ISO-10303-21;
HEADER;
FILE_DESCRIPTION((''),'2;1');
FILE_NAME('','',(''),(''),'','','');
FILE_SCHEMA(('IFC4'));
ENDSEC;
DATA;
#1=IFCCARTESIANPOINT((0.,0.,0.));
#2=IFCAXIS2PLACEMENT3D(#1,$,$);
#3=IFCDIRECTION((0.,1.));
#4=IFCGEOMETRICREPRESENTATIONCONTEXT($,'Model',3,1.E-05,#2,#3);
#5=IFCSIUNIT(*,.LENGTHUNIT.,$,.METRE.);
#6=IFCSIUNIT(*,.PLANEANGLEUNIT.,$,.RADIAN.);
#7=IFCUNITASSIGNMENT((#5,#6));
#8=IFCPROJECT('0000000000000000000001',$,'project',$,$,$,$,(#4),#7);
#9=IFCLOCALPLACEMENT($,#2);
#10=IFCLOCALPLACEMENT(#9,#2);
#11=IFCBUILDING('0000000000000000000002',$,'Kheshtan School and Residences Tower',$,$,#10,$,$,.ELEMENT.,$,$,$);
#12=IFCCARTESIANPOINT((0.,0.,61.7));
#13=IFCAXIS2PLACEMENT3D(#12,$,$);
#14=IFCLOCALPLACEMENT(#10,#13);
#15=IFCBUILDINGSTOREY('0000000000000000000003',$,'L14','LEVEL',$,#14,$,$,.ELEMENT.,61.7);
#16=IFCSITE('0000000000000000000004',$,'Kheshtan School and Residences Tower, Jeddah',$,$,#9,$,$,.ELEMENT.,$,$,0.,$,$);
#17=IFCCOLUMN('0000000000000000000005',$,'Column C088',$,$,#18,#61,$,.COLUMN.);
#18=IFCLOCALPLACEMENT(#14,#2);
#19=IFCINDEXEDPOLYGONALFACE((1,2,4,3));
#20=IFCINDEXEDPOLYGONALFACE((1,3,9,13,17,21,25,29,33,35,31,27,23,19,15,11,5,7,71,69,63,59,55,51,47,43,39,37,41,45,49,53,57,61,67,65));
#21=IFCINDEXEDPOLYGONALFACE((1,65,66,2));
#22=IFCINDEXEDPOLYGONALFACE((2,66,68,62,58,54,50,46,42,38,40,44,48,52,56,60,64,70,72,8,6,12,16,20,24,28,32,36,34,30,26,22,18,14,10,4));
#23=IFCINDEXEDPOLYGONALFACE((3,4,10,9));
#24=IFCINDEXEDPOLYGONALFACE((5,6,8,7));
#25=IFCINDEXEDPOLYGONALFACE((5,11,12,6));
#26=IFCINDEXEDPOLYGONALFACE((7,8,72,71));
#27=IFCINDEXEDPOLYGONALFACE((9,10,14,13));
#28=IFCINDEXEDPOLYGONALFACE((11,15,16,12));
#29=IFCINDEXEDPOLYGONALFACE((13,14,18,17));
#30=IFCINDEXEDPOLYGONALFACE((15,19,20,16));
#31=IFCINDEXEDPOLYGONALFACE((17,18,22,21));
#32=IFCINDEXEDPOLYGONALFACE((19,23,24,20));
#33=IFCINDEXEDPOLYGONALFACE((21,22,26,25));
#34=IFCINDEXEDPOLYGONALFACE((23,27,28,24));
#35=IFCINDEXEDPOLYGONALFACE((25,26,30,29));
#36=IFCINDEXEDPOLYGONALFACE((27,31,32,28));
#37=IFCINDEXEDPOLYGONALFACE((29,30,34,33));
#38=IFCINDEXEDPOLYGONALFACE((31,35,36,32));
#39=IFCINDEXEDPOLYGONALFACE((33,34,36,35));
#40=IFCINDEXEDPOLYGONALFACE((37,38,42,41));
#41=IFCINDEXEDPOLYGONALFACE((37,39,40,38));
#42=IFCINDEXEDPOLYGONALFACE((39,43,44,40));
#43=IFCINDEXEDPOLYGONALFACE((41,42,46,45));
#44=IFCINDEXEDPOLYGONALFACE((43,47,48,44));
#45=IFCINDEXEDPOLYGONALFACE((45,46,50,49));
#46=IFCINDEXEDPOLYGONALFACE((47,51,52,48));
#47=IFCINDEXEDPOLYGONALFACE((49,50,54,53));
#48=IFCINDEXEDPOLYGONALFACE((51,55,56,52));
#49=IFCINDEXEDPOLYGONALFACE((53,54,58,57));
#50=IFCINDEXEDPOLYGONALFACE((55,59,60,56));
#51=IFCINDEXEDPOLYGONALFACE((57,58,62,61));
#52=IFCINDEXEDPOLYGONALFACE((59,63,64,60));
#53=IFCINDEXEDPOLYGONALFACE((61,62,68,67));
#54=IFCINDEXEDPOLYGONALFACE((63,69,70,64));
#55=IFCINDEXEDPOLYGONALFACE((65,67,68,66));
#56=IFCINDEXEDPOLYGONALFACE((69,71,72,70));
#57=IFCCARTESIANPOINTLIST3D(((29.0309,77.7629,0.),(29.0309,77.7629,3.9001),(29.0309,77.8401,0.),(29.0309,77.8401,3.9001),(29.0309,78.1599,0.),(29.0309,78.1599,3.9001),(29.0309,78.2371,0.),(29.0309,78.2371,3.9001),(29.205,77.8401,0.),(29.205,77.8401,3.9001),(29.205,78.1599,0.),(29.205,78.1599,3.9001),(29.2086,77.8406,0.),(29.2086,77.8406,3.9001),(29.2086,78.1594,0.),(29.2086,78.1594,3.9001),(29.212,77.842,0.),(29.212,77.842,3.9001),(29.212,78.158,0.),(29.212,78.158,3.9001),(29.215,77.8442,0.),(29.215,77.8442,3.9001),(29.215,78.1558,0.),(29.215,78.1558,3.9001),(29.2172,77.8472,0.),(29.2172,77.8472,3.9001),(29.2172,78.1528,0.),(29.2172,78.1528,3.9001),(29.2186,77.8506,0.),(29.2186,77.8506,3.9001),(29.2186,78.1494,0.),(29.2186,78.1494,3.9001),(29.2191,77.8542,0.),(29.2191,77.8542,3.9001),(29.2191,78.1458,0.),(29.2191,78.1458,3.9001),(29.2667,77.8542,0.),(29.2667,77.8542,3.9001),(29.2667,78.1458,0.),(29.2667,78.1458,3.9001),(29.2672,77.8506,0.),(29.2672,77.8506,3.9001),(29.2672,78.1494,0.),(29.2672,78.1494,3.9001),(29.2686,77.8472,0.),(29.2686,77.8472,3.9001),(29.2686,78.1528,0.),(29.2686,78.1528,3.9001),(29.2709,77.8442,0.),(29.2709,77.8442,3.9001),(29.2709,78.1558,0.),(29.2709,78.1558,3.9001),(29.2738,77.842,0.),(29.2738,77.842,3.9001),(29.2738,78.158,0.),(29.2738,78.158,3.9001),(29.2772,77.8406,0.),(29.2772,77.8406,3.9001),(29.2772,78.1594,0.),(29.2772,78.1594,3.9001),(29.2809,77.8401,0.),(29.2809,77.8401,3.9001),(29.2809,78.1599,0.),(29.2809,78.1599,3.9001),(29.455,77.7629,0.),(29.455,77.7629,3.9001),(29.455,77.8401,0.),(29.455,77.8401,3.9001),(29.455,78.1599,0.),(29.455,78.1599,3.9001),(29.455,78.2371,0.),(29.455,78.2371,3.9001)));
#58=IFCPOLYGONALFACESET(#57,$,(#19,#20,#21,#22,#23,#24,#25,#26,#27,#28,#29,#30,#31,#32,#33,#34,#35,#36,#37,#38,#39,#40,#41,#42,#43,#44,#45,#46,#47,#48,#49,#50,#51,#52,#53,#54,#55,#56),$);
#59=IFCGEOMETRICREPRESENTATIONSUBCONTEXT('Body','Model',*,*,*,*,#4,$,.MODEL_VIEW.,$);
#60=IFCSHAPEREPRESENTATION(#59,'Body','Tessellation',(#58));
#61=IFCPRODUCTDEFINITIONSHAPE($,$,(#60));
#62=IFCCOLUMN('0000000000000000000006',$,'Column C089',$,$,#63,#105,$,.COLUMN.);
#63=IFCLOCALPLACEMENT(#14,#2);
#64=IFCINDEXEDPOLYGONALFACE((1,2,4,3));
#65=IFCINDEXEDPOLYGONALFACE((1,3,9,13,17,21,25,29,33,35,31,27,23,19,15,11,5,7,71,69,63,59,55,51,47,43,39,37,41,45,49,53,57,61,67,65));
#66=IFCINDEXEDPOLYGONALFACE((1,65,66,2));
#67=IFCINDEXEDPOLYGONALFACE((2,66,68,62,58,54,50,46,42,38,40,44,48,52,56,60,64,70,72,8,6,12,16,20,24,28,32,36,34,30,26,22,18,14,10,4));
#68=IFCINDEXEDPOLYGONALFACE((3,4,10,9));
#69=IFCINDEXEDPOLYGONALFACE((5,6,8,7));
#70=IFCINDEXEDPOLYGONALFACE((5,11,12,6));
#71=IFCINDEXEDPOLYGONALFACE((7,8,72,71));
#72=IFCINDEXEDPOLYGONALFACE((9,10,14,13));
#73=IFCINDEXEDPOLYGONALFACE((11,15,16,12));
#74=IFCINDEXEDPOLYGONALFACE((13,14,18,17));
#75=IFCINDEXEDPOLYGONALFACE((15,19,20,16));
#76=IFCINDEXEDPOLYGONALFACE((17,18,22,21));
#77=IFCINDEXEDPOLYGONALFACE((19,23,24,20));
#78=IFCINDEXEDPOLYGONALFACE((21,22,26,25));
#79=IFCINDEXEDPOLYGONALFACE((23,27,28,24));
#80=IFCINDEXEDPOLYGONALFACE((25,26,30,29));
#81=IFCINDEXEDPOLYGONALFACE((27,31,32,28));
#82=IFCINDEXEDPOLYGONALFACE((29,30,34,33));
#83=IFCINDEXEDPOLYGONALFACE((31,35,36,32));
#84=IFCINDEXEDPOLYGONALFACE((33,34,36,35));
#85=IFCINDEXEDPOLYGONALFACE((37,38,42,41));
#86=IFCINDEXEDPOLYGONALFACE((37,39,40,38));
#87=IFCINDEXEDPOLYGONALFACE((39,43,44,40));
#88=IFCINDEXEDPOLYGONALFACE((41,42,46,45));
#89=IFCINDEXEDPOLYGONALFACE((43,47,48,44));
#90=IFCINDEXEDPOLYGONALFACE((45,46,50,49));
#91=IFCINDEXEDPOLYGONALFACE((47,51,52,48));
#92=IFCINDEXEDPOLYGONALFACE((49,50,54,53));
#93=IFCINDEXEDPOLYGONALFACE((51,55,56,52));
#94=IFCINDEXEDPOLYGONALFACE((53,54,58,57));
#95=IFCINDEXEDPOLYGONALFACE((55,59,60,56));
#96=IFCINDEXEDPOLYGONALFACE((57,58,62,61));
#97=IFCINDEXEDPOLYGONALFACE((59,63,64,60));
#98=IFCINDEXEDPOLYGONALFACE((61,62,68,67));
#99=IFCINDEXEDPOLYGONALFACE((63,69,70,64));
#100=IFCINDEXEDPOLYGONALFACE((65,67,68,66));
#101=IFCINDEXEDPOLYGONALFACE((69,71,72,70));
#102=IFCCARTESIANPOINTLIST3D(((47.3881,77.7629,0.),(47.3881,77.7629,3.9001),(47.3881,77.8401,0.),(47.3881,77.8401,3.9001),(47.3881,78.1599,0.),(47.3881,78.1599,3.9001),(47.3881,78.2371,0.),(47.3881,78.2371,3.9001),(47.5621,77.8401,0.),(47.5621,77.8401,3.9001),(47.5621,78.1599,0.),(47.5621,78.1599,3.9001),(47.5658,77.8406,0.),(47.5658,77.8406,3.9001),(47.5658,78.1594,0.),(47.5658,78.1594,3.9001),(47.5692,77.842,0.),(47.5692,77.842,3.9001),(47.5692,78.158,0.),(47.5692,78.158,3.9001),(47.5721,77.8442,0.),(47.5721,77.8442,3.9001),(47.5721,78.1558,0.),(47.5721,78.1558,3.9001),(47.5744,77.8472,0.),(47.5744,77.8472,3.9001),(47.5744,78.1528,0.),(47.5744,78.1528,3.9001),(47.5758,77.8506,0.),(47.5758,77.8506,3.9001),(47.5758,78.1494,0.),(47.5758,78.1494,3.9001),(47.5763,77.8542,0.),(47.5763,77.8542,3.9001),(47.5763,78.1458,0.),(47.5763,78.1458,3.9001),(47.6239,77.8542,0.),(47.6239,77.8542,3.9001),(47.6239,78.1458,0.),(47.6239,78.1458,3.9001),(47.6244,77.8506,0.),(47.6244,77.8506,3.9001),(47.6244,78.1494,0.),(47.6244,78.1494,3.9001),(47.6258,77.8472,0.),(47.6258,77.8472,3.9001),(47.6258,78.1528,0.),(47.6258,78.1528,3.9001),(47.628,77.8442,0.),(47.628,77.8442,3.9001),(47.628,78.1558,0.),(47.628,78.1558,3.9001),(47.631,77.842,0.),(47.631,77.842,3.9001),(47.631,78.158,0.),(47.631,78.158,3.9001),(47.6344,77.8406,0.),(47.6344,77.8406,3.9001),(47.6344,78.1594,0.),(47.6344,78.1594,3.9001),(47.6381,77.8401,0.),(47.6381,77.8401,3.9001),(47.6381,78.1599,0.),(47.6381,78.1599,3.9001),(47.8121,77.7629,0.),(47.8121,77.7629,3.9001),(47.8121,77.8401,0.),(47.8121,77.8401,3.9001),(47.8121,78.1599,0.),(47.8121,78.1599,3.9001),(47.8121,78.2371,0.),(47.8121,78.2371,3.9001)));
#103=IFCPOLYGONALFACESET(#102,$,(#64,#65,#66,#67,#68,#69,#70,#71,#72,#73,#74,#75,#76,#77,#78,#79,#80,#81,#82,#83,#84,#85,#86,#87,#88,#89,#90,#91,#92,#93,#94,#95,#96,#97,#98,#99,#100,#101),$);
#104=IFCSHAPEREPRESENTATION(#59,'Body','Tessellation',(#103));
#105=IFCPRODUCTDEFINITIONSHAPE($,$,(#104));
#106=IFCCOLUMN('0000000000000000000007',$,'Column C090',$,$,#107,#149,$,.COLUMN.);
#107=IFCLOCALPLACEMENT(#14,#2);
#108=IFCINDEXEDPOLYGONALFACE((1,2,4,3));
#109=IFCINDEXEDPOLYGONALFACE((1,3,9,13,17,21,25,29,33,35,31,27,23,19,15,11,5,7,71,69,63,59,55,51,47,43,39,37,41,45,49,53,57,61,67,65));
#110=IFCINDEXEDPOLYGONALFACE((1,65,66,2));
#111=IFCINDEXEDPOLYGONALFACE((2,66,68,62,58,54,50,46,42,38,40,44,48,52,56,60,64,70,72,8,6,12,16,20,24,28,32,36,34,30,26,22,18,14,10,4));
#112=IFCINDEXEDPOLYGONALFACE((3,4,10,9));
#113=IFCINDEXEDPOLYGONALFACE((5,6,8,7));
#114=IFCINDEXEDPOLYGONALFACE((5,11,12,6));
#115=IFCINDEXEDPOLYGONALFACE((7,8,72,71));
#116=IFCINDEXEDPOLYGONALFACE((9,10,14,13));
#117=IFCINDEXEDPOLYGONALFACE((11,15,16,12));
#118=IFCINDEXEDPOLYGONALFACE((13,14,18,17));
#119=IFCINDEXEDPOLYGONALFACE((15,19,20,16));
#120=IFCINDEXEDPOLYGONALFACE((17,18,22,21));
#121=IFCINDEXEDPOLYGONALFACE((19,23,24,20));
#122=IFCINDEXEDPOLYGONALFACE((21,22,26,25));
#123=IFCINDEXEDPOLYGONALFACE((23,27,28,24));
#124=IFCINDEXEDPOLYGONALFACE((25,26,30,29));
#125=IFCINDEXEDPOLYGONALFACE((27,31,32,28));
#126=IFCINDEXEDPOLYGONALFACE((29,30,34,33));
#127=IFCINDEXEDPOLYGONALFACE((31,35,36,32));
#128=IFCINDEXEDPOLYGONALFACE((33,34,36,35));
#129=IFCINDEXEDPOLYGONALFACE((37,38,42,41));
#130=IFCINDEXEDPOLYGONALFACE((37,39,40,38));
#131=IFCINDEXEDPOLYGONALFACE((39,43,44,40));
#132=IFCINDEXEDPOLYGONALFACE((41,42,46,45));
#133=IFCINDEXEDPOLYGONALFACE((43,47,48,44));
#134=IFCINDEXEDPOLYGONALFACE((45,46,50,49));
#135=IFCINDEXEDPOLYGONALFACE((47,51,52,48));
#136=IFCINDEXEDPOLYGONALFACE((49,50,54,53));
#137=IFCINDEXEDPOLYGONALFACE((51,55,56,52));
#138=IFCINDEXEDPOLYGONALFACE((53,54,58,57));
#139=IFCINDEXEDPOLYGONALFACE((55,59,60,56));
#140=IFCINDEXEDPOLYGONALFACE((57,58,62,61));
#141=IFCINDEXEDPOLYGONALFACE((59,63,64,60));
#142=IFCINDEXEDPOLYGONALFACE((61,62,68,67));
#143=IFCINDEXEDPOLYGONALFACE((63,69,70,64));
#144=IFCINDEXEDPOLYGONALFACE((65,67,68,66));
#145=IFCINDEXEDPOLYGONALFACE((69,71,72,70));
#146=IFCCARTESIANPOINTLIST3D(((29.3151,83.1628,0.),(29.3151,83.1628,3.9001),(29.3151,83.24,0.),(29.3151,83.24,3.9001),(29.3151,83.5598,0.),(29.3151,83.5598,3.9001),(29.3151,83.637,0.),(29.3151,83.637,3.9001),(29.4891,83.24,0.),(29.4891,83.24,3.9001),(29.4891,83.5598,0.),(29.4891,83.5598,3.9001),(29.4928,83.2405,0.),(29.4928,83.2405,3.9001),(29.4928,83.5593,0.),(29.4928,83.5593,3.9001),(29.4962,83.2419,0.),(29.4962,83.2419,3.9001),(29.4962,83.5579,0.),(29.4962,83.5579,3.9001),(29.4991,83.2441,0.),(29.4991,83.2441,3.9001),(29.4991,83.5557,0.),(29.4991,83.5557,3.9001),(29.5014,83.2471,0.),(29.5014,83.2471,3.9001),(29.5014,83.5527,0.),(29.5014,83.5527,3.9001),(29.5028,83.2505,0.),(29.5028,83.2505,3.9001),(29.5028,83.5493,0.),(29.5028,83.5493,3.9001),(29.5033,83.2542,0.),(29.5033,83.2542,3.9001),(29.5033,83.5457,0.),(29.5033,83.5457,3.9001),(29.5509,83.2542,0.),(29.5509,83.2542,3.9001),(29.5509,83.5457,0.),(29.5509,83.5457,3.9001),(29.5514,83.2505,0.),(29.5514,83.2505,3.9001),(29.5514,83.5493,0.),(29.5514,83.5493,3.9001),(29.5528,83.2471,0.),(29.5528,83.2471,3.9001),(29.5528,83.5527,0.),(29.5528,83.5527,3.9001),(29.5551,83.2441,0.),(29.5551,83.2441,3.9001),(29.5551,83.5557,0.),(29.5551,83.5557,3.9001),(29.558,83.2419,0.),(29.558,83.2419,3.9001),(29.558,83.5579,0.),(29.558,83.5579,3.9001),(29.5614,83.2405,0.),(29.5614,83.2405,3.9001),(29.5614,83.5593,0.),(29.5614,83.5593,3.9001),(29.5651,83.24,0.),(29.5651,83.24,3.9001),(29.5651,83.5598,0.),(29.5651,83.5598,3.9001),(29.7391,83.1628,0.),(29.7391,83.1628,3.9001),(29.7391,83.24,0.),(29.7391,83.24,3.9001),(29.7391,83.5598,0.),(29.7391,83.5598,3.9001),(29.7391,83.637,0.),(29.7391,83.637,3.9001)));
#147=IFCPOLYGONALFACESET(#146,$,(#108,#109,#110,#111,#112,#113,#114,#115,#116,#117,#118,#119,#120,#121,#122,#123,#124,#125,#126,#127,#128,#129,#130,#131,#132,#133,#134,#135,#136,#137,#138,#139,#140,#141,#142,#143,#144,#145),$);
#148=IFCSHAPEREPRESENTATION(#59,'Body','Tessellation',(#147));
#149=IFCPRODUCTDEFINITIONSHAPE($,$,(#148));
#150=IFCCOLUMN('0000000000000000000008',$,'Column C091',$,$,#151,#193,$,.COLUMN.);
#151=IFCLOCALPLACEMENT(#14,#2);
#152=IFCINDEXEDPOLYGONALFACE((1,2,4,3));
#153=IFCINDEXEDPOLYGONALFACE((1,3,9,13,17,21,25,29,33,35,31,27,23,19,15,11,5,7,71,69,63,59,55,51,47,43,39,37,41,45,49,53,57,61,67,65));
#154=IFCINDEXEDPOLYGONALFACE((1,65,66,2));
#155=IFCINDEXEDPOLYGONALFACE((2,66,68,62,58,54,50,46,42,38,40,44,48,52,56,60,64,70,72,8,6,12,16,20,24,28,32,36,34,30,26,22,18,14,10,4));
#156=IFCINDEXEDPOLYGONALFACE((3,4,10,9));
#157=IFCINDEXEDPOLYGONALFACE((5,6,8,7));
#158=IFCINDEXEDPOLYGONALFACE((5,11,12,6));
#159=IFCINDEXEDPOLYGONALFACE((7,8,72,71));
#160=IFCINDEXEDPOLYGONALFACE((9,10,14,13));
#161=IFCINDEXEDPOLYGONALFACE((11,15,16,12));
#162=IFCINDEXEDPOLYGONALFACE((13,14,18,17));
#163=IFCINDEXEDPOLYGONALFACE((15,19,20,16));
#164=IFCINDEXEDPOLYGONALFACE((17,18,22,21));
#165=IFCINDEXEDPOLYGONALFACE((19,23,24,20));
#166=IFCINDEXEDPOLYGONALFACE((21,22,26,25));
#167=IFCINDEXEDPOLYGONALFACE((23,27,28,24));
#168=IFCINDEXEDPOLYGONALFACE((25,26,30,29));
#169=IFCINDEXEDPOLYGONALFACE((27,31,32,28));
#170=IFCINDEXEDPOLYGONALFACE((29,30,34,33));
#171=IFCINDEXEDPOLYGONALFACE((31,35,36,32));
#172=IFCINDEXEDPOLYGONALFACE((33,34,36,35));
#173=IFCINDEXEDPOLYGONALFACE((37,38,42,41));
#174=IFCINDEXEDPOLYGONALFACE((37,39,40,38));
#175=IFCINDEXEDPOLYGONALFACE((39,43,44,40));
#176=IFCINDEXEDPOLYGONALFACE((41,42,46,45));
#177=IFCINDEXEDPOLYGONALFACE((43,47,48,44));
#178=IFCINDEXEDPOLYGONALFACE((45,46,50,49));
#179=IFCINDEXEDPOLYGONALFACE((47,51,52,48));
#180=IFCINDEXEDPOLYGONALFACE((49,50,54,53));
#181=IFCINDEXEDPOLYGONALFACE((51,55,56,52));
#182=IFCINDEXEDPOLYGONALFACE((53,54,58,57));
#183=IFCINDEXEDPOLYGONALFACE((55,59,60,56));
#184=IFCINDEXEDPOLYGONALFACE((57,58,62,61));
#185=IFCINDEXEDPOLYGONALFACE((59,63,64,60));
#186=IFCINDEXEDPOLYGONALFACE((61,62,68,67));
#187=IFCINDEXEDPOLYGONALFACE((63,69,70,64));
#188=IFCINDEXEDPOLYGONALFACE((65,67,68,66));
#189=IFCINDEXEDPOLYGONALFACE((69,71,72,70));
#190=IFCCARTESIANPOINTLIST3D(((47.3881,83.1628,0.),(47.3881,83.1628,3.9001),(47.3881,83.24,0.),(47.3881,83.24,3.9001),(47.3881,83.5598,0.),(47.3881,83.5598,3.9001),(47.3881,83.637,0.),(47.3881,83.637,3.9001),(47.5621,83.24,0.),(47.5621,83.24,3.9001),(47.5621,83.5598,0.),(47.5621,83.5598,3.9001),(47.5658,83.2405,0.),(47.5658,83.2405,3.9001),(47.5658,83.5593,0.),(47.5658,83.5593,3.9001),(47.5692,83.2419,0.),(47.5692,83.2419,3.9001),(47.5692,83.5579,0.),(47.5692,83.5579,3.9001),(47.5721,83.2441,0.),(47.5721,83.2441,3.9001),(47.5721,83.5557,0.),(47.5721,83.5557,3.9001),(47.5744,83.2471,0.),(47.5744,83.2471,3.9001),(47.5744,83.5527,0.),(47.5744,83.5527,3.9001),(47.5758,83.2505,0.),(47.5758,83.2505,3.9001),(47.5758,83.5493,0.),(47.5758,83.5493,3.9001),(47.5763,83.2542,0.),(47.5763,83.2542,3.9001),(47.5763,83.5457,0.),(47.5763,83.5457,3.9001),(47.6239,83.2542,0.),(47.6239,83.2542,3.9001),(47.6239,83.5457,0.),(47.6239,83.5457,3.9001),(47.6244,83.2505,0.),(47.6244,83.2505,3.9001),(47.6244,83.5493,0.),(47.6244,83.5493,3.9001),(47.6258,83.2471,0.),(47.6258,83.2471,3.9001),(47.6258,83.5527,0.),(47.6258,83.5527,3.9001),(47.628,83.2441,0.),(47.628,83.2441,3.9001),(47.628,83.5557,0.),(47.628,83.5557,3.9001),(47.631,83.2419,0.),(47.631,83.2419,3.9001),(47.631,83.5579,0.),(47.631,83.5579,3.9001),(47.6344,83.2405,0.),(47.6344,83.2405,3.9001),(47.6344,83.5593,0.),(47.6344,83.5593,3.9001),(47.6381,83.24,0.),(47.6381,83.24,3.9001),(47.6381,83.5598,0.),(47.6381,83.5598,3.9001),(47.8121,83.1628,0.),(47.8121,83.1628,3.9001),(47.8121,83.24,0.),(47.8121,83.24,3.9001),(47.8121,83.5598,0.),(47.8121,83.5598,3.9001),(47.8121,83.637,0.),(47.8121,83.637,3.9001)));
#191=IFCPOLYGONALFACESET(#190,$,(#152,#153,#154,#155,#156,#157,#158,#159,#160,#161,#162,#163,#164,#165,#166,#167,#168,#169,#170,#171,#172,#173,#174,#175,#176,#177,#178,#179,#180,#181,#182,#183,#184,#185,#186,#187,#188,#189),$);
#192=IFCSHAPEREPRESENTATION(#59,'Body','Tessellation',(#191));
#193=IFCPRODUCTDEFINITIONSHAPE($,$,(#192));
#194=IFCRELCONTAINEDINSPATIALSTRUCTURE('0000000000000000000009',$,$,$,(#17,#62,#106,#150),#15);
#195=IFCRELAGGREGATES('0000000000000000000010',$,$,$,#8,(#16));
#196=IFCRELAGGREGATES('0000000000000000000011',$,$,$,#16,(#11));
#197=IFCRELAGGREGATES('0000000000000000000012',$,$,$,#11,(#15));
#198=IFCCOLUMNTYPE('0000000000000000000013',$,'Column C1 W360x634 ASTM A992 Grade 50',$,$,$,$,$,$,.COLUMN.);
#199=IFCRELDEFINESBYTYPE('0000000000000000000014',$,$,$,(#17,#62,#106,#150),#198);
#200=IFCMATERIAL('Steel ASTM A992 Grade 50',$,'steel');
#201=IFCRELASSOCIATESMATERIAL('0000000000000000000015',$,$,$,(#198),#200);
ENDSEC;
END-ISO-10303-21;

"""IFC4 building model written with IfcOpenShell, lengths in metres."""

from ifc_helpers import new_model, si_unit, direction, frame, origin, origin_2d, place, context, subcontext, project, spatial, i_section, extrude, material, material_profile, profile_set, type_object, element, save


model = new_model("IFC4")

# Units and contexts
model_context = context("Model", 3, precision=1e-05, world=origin(), true_north=direction((0.0, 1.0)))
body_context = subcontext(model_context, "Body", "Model", "MODEL_VIEW")
ifc_project = project(units=[si_unit("LENGTHUNIT", "METRE"), si_unit("PLANEANGLEUNIT", "RADIAN")], contexts=[model_context])

# Site, building, storey
site_placement = place(None, origin())
site = spatial("IfcSite", under=ifc_project, at=site_placement, Name="Kheshtan School and Residences Tower, Jeddah", CompositionType="ELEMENT", RefElevation=0.0)
building_placement = place(site_placement, origin())
building = spatial("IfcBuilding", under=site, at=building_placement, Name="Kheshtan School and Residences Tower", CompositionType="ELEMENT")
storey_placement = place(building_placement, frame((0.0, 0.0, 61.7)))
storey = spatial("IfcBuildingStorey", under=building, at=storey_placement, Name="L14", Description="LEVEL", CompositionType="ELEMENT", Elevation=61.7)

# Columns
ifc_material_1 = material(Name="Steel ASTM A992 Grade 50", Category="steel")
ifc_material_profile_1 = material_profile(ifc_material_1, i_section(OverallWidth=0.4241, OverallDepth=0.4741, WebThickness=0.0476, FlangeThickness=0.0771, FilletRadius=0.0142, at=origin_2d()), Name="W360x634")
ifc_profile_set_1 = profile_set([ifc_material_profile_1], Name="Steel ASTM A992 Grade 50")
column_type = type_object("IfcColumnType", Name="Column C1 W360x634 ASTM A992 Grade 50", PredefinedType="COLUMN", material=ifc_profile_set_1)
for number, where, z_axis, x_axis, name in (
    (1, (29.2429, 78.0, 0.0), (0.0, 0.0, 1.0), (1.0, 0.0, 0.0), "Column C088"),
    (2, (47.6001, 78.0, 0.0), (0.0, 0.0, 1.0), (1.0, 0.0, 0.0), "Column C089"),
    (3, (29.5271, 83.3999, 0.0), (0.0, 0.0, 1.0), (1.0, 0.0, 0.0), "Column C090"),
    (4, (47.6001, 83.3999, 0.0), (0.0, 0.0, 1.0), (1.0, 0.0, 0.0), "Column C091"),
):
    element("IfcColumn", number, at=place(storey_placement, frame(where, z_axis=z_axis, x_axis=x_axis)), inside=storey, type_object=column_type, Name=name, PredefinedType="COLUMN", context=body_context, shape_type="SweptSolid", body=[
        extrude(i_section(OverallWidth=0.4241, OverallDepth=0.4741, WebThickness=0.0476, FlangeThickness=0.0771, FilletRadius=0.0142, at=origin_2d()), origin(), (0.0, 0.0, 1.0), 3.9001),
    ])

save(model, "model.ifc")
